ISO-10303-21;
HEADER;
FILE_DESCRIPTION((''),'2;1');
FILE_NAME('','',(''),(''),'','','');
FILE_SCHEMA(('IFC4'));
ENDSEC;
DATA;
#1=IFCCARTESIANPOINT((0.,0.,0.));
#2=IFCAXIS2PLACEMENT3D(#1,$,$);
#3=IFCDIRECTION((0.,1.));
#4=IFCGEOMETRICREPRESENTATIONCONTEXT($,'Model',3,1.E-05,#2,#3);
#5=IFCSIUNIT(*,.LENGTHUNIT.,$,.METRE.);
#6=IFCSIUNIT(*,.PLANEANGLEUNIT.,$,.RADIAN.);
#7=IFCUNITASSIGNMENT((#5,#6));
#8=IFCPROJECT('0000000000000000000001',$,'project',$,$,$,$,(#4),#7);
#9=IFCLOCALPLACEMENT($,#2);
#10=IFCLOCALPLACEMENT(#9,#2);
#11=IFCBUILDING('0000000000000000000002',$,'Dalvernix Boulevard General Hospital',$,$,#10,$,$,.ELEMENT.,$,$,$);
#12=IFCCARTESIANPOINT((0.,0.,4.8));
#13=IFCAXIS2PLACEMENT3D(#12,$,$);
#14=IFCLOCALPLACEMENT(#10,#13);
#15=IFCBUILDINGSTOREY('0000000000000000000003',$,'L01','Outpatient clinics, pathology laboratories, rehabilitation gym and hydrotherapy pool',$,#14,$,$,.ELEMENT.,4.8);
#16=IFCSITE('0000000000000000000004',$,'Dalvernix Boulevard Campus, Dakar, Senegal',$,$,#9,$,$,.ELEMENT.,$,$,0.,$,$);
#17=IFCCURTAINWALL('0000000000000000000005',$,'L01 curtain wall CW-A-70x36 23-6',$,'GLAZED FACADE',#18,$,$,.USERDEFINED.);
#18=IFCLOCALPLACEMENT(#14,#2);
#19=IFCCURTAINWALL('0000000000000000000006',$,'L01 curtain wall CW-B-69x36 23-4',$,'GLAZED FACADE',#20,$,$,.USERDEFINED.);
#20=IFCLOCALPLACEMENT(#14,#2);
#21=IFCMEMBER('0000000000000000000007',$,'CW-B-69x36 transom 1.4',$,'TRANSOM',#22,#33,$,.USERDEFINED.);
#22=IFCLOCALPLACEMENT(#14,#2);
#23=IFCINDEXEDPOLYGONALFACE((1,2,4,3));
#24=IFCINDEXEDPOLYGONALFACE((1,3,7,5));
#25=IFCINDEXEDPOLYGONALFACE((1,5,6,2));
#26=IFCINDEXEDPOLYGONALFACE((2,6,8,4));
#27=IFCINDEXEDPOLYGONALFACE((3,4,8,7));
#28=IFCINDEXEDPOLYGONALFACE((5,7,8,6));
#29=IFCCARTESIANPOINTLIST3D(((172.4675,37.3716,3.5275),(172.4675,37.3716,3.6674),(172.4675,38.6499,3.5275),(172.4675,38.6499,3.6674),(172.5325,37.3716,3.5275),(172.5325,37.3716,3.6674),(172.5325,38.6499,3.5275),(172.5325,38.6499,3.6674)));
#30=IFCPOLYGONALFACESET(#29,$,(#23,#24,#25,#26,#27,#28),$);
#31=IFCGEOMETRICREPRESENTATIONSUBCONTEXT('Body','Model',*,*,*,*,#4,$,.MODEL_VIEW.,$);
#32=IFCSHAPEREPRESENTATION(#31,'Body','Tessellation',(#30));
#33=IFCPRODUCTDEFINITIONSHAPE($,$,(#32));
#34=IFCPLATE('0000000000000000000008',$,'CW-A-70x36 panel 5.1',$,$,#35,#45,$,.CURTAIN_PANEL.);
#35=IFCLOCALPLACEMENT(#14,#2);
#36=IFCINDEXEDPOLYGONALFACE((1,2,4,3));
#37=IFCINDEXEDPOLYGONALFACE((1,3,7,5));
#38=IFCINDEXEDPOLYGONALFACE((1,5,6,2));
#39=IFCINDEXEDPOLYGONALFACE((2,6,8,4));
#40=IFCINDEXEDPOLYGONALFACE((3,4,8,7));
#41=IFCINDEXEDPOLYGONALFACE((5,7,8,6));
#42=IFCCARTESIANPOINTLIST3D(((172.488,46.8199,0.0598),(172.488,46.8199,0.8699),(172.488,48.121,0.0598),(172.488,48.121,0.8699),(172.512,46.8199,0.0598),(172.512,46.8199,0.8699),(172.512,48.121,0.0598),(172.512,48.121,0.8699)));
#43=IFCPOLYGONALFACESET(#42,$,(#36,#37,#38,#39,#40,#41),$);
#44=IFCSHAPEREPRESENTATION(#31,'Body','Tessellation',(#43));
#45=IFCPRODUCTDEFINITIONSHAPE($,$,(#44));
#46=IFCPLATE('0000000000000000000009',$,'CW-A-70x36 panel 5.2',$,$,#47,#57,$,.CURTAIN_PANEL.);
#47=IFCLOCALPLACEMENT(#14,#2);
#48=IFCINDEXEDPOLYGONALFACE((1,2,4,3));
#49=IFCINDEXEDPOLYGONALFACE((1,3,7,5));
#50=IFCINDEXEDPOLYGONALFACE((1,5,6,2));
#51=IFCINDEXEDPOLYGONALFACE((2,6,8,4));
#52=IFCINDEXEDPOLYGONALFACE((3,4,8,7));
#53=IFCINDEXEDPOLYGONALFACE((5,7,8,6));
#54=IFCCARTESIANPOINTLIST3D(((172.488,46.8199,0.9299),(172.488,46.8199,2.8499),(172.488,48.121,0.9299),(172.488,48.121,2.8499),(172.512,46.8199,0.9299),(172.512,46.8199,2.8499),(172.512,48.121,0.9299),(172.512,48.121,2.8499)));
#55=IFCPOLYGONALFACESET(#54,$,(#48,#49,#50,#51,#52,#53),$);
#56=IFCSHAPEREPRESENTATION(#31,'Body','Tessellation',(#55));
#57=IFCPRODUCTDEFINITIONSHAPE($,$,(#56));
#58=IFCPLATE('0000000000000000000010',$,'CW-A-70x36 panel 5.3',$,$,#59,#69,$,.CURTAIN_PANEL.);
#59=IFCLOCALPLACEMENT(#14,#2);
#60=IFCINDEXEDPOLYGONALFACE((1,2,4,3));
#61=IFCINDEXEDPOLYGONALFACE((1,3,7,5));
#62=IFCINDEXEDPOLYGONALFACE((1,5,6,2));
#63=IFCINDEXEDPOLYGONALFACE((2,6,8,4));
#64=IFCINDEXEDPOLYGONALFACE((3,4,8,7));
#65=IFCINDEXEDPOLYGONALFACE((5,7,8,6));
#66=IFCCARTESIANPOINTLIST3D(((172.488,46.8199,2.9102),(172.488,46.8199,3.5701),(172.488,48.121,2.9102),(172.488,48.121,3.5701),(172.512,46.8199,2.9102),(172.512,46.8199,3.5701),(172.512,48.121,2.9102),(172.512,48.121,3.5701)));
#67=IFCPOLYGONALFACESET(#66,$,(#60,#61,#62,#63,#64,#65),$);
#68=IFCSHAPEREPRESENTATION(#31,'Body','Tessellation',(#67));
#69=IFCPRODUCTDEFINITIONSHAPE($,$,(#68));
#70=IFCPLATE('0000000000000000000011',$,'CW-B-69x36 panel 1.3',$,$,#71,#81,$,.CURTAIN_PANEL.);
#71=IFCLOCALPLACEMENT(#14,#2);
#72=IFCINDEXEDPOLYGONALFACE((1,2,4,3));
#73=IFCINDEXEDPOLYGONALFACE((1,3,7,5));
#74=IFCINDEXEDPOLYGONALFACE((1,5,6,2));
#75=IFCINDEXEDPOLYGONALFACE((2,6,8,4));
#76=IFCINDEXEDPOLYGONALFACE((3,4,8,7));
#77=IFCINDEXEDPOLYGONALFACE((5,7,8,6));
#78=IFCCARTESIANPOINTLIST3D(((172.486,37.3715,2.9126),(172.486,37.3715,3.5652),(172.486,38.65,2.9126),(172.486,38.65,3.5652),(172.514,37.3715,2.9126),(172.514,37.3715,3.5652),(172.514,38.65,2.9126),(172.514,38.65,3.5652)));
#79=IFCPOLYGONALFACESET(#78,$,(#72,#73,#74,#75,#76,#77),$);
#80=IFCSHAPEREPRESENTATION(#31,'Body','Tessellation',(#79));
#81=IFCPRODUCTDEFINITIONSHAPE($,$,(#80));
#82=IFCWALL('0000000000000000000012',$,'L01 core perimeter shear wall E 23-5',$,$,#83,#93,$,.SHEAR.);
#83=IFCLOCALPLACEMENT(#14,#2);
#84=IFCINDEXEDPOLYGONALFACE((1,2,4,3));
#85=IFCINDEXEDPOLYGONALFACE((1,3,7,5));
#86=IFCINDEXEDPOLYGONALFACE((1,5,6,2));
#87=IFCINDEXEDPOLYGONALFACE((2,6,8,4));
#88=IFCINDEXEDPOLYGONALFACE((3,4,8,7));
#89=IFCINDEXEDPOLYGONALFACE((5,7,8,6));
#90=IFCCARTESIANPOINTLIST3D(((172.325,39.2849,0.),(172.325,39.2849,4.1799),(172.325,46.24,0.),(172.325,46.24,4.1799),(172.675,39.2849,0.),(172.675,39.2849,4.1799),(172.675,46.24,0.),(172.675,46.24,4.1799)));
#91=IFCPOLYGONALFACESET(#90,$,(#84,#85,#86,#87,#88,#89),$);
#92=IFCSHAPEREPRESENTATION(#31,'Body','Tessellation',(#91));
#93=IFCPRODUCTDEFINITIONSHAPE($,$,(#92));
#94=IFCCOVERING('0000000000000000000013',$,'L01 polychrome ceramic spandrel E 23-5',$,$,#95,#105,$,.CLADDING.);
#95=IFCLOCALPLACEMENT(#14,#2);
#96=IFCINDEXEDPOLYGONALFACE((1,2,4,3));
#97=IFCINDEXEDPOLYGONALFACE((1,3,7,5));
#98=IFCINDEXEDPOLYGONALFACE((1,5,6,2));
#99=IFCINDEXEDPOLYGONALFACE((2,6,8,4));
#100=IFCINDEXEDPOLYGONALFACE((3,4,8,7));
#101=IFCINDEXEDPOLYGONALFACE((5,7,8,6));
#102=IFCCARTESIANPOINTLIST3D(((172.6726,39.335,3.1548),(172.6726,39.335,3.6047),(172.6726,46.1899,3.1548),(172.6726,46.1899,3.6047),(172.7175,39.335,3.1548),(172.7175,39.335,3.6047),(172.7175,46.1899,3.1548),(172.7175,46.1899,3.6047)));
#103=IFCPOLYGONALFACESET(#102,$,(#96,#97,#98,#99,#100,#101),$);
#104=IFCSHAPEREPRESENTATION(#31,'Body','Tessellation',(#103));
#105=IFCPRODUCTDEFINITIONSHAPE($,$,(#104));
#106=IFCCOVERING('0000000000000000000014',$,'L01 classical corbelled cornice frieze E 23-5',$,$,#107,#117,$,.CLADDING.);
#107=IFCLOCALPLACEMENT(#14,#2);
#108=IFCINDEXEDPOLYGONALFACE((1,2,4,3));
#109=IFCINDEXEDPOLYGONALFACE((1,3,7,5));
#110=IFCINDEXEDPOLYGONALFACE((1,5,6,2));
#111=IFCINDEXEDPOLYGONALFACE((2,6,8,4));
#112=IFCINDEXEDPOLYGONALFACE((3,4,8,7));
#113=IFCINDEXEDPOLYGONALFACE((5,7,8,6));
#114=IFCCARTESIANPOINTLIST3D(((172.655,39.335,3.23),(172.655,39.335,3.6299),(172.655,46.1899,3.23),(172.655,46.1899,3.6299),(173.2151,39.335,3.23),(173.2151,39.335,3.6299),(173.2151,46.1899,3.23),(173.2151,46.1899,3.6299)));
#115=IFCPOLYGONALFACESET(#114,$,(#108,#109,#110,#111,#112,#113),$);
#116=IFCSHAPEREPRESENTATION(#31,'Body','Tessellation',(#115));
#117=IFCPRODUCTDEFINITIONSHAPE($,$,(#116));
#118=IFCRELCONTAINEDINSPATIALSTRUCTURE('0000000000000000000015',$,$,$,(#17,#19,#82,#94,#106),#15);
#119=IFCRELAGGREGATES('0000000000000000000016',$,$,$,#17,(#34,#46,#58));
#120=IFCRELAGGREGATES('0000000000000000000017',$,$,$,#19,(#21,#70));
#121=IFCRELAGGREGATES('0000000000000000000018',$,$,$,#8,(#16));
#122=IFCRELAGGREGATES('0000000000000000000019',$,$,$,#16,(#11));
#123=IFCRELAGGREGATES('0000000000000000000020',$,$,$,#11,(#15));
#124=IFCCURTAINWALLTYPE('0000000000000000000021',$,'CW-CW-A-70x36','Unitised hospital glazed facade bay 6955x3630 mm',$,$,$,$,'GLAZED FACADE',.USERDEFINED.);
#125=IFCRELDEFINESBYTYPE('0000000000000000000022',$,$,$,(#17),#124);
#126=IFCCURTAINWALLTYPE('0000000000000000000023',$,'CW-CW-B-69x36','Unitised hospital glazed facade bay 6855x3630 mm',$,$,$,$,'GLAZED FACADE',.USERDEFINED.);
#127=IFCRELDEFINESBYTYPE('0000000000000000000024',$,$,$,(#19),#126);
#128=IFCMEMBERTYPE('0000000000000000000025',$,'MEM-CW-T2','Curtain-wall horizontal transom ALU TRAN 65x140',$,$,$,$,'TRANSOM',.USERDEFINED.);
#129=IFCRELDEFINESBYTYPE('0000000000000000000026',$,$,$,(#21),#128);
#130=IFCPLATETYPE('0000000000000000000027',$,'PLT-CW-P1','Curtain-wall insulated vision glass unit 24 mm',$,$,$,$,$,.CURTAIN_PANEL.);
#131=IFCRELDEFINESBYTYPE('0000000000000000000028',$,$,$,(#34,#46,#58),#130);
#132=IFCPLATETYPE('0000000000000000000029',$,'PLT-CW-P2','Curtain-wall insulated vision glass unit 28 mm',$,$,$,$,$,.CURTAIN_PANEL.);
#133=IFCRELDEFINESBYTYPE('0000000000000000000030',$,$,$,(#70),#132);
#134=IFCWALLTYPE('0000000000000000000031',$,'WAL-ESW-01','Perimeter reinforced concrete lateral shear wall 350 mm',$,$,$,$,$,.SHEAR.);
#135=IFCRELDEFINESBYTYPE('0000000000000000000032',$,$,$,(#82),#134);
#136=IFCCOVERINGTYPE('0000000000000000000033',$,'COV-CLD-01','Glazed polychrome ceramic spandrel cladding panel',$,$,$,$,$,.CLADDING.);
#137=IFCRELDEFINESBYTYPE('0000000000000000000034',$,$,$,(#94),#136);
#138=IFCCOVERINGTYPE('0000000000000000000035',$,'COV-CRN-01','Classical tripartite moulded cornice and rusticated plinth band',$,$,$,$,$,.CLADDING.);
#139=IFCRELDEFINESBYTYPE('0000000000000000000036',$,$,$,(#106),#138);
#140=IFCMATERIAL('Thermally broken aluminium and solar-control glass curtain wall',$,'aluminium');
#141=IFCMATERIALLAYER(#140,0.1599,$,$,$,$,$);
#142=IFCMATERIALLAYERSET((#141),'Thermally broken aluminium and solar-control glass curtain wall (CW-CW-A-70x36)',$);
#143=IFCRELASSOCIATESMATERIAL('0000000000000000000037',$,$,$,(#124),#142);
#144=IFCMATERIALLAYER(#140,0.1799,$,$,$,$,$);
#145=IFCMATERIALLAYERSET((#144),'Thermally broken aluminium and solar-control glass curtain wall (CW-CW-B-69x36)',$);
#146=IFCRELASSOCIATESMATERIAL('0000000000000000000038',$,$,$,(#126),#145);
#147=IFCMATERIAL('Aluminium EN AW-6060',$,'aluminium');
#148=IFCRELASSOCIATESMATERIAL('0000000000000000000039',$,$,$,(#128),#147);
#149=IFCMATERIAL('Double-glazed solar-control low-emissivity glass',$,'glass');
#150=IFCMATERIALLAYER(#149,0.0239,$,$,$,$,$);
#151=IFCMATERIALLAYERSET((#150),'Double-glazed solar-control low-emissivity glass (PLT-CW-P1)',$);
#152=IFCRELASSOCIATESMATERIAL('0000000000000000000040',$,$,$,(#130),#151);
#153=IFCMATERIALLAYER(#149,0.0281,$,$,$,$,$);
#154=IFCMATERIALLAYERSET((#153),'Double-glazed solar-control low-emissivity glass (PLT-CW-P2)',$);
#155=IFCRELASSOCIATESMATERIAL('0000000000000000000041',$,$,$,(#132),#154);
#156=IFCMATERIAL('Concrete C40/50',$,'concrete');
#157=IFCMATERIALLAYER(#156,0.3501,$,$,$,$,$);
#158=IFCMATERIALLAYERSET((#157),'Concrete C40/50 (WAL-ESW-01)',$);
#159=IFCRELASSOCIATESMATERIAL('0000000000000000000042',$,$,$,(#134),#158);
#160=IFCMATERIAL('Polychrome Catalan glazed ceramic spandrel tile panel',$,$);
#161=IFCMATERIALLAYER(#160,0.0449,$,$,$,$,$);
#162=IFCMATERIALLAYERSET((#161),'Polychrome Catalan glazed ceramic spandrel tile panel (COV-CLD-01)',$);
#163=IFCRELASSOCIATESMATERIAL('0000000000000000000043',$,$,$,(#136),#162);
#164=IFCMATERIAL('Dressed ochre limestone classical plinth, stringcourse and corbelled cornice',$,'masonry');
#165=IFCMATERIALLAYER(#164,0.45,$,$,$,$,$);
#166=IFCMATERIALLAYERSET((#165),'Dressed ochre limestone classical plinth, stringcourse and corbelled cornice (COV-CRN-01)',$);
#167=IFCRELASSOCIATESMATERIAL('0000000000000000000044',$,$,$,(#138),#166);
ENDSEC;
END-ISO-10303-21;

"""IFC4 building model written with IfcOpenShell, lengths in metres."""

from ifc_helpers import new_model, si_unit, direction, frame, frame_2d, origin, origin_2d, place, context, subcontext, project, spatial, rectangle, extrude, material, layer, layer_set, material_profile, profile_set, type_object, element, aggregate, save


model = new_model("IFC4")

# Units and contexts
model_context = context("Model", 3, precision=1e-05, world=origin(), true_north=direction((0.0, 1.0)))
body_context = subcontext(model_context, "Body", "Model", "MODEL_VIEW")
ifc_project = project(units=[si_unit("LENGTHUNIT", "METRE"), si_unit("PLANEANGLEUNIT", "RADIAN")], contexts=[model_context])

# Site, building, storey
site_placement = place(None, origin())
site = spatial("IfcSite", under=ifc_project, at=site_placement, Name="Dalvernix Boulevard Campus, Dakar, Senegal", CompositionType="ELEMENT", RefElevation=0.0)
building_placement = place(site_placement, origin())
building = spatial("IfcBuilding", under=site, at=building_placement, Name="Dalvernix Boulevard General Hospital", CompositionType="ELEMENT")
storey_placement = place(building_placement, frame((0.0, 0.0, 4.8)))
storey = spatial("IfcBuildingStorey", under=building, at=storey_placement, Name="L01", Description="Outpatient clinics, pathology laboratories, rehabilitation gym and hydrotherapy pool", CompositionType="ELEMENT", Elevation=4.8)

# Shared definitions
ifc_material_1 = material(Name="Concrete C40/50", Category="concrete")

# Curtain walls
ifc_material_2 = material(Name="Thermally broken aluminium and solar-control glass curtain wall", Category="aluminium")
ifc_layer_1 = layer(ifc_material_2, 0.1599)
ifc_layer_set_1 = layer_set([ifc_layer_1], Name="Thermally broken aluminium and solar-control glass curtain wall (CW-CW-A-70x36)")
curtain_wall_type_1 = type_object("IfcCurtainWallType", Name="CW-CW-A-70x36", Description="Unitised hospital glazed facade bay 6955x3630 mm", ElementType="GLAZED FACADE", PredefinedType="USERDEFINED", material=ifc_layer_set_1)
curtain_wall_1_placement = place(storey_placement, origin())
curtain_wall_1 = element("IfcCurtainWall", 1, at=curtain_wall_1_placement, inside=storey, type_object=curtain_wall_type_1, Name="L01 curtain wall CW-A-70x36 23-6", ObjectType="GLAZED FACADE", PredefinedType="USERDEFINED")
ifc_material_3 = material(Name="Aluminium EN AW-6060", Category="aluminium")
ifc_layer_2 = layer(ifc_material_2, 0.1799)
ifc_layer_set_2 = layer_set([ifc_layer_2], Name="Thermally broken aluminium and solar-control glass curtain wall (CW-CW-B-69x36)")
curtain_wall_type_2 = type_object("IfcCurtainWallType", Name="CW-CW-B-69x36", Description="Unitised hospital glazed facade bay 6855x3630 mm", ElementType="GLAZED FACADE", PredefinedType="USERDEFINED", material=ifc_layer_set_2)
curtain_wall_2_placement = place(storey_placement, origin())
curtain_wall_2 = element("IfcCurtainWall", 2, at=curtain_wall_2_placement, inside=storey, type_object=curtain_wall_type_2, Name="L01 curtain wall CW-B-69x36 23-4", ObjectType="GLAZED FACADE", PredefinedType="USERDEFINED")

# Member
ifc_material_profile_1 = material_profile(ifc_material_3, rectangle(XDim=0.0649, YDim=0.1399, at=origin_2d()), Name="ALU TRAN 65x140")
ifc_profile_set_1 = profile_set([ifc_material_profile_1], Name="Aluminium EN AW-6060")
member_type_1 = type_object("IfcMemberType", Name="MEM-CW-T2", Description="Curtain-wall horizontal transom ALU TRAN 65x140", ElementType="TRANSOM", PredefinedType="USERDEFINED", material=ifc_profile_set_1)
member_1_placement = place(storey_placement, frame((172.5, 38.6499, 3.5974), z_axis=(0.0, -1.0, 0.0), x_axis=(1.0, 0.0, 0.0)))
member_1 = element("IfcMember", 3, at=member_1_placement, type_object=member_type_1, Name="CW-B-69x36 transom 1.4", ObjectType="TRANSOM", PredefinedType="USERDEFINED", context=body_context, shape_type="SweptSolid", body=[
    extrude(rectangle(XDim=0.0649, YDim=0.1399, at=origin_2d()), origin(), (0.0, 0.0, 1.0), 1.2783),
])

# Plates
ifc_material_4 = material(Name="Double-glazed solar-control low-emissivity glass", Category="glass")
ifc_layer_3 = layer(ifc_material_4, 0.0239)
ifc_layer_set_3 = layer_set([ifc_layer_3], Name="Double-glazed solar-control low-emissivity glass (PLT-CW-P1)")
plate_type_1 = type_object("IfcPlateType", Name="PLT-CW-P1", Description="Curtain-wall insulated vision glass unit 24 mm", PredefinedType="CURTAIN_PANEL", material=ifc_layer_set_3)
plate_1_placement = place(storey_placement, frame((172.5, 47.4705, 0.0598), z_axis=(0.0, 0.0, 1.0), x_axis=(0.0, -1.0, 0.0)))
plate_1 = element("IfcPlate", 4, at=plate_1_placement, type_object=plate_type_1, Name="CW-A-70x36 panel 5.1", PredefinedType="CURTAIN_PANEL", context=body_context, shape_type="SweptSolid", body=[
    extrude(rectangle(XDim=1.301, YDim=0.0239, at=origin_2d()), origin(), (0.0, 0.0, 1.0), 0.8101),
])
plate_2_placement = place(storey_placement, frame((172.5, 47.4705, 0.9299), z_axis=(0.0, 0.0, 1.0), x_axis=(0.0, -1.0, 0.0)))
plate_2 = element("IfcPlate", 5, at=plate_2_placement, type_object=plate_type_1, Name="CW-A-70x36 panel 5.2", PredefinedType="CURTAIN_PANEL", context=body_context, shape_type="SweptSolid", body=[
    extrude(rectangle(XDim=1.301, YDim=0.0239, at=origin_2d()), origin(), (0.0, 0.0, 1.0), 1.9199),
])
plate_3_placement = place(storey_placement, frame((172.5, 47.4705, 2.9102), z_axis=(0.0, 0.0, 1.0), x_axis=(0.0, -1.0, 0.0)))
plate_3 = element("IfcPlate", 6, at=plate_3_placement, type_object=plate_type_1, Name="CW-A-70x36 panel 5.3", PredefinedType="CURTAIN_PANEL", context=body_context, shape_type="SweptSolid", body=[
    extrude(rectangle(XDim=1.301, YDim=0.0239, at=origin_2d()), origin(), (0.0, 0.0, 1.0), 0.6599),
])
aggregate(curtain_wall_1, [plate_1, plate_2, plate_3])
ifc_layer_4 = layer(ifc_material_4, 0.0281)
ifc_layer_set_4 = layer_set([ifc_layer_4], Name="Double-glazed solar-control low-emissivity glass (PLT-CW-P2)")
plate_type_2 = type_object("IfcPlateType", Name="PLT-CW-P2", Description="Curtain-wall insulated vision glass unit 28 mm", PredefinedType="CURTAIN_PANEL", material=ifc_layer_set_4)
plate_4_placement = place(storey_placement, frame((172.5, 38.0107, 2.9126), z_axis=(0.0, 0.0, 1.0), x_axis=(0.0, -1.0, 0.0)))
plate_4 = element("IfcPlate", 7, at=plate_4_placement, type_object=plate_type_2, Name="CW-B-69x36 panel 1.3", PredefinedType="CURTAIN_PANEL", context=body_context, shape_type="SweptSolid", body=[
    extrude(rectangle(XDim=1.2786, YDim=0.0281, at=origin_2d()), origin(), (0.0, 0.0, 1.0), 0.6526),
])
aggregate(curtain_wall_2, [member_1, plate_4])

# Wall
ifc_layer_5 = layer(ifc_material_1, 0.3501)
ifc_layer_set_5 = layer_set([ifc_layer_5], Name="Concrete C40/50 (WAL-ESW-01)")
wall_type = type_object("IfcWallType", Name="WAL-ESW-01", Description="Perimeter reinforced concrete lateral shear wall 350 mm", PredefinedType="SHEAR", material=ifc_layer_set_5)
wall_placement = place(storey_placement, frame((172.5, 46.24, 0.0), z_axis=(0.0, 0.0, 1.0), x_axis=(0.0, -1.0, 0.0)))
element("IfcWall", 8, at=wall_placement, inside=storey, type_object=wall_type, Name="L01 core perimeter shear wall E 23-5", PredefinedType="SHEAR", context=body_context, shape_type="SweptSolid", body=[
    extrude(rectangle(XDim=6.9551, YDim=0.3501, at=frame_2d((3.4775, 0.0))), origin(), (0.0, 0.0, 1.0), 4.1799),
])

# Coverings
ifc_material_5 = material(Name="Polychrome Catalan glazed ceramic spandrel tile panel")
ifc_layer_6 = layer(ifc_material_5, 0.0449)
ifc_layer_set_6 = layer_set([ifc_layer_6], Name="Polychrome Catalan glazed ceramic spandrel tile panel (COV-CLD-01)")
covering_type_1 = type_object("IfcCoveringType", Name="COV-CLD-01", Description="Glazed polychrome ceramic spandrel cladding panel", PredefinedType="CLADDING", material=ifc_layer_set_6)
covering_1_placement = place(storey_placement, frame((172.6951, 42.7625, 3.1548), z_axis=(0.0, 0.0, 1.0), x_axis=(0.0, -1.0, 0.0)))
element("IfcCovering", 9, at=covering_1_placement, inside=storey, type_object=covering_type_1, Name="L01 polychrome ceramic spandrel E 23-5", PredefinedType="CLADDING", context=body_context, shape_type="SweptSolid", body=[
    extrude(rectangle(XDim=6.855, YDim=0.0449, at=origin_2d()), origin(), (0.0, 0.0, 1.0), 0.45),
])
ifc_material_6 = material(Name="Dressed ochre limestone classical plinth, stringcourse and corbelled cornice", Category="masonry")
ifc_layer_7 = layer(ifc_material_6, 0.45)
ifc_layer_set_7 = layer_set([ifc_layer_7], Name="Dressed ochre limestone classical plinth, stringcourse and corbelled cornice (COV-CRN-01)")
covering_type_2 = type_object("IfcCoveringType", Name="COV-CRN-01", Description="Classical tripartite moulded cornice and rusticated plinth band", PredefinedType="CLADDING", material=ifc_layer_set_7)
covering_2_placement = place(storey_placement, frame((172.9351, 42.7625, 3.23), z_axis=(0.0, 0.0, 1.0), x_axis=(0.0, -1.0, 0.0)))
element("IfcCovering", 10, at=covering_2_placement, inside=storey, type_object=covering_type_2, Name="L01 classical corbelled cornice frieze E 23-5", PredefinedType="CLADDING", context=body_context, shape_type="SweptSolid", body=[
    extrude(rectangle(XDim=6.855, YDim=0.5601, at=origin_2d()), origin(), (0.0, 0.0, 1.0), 0.3999),
])

save(model, "model.ifc")
